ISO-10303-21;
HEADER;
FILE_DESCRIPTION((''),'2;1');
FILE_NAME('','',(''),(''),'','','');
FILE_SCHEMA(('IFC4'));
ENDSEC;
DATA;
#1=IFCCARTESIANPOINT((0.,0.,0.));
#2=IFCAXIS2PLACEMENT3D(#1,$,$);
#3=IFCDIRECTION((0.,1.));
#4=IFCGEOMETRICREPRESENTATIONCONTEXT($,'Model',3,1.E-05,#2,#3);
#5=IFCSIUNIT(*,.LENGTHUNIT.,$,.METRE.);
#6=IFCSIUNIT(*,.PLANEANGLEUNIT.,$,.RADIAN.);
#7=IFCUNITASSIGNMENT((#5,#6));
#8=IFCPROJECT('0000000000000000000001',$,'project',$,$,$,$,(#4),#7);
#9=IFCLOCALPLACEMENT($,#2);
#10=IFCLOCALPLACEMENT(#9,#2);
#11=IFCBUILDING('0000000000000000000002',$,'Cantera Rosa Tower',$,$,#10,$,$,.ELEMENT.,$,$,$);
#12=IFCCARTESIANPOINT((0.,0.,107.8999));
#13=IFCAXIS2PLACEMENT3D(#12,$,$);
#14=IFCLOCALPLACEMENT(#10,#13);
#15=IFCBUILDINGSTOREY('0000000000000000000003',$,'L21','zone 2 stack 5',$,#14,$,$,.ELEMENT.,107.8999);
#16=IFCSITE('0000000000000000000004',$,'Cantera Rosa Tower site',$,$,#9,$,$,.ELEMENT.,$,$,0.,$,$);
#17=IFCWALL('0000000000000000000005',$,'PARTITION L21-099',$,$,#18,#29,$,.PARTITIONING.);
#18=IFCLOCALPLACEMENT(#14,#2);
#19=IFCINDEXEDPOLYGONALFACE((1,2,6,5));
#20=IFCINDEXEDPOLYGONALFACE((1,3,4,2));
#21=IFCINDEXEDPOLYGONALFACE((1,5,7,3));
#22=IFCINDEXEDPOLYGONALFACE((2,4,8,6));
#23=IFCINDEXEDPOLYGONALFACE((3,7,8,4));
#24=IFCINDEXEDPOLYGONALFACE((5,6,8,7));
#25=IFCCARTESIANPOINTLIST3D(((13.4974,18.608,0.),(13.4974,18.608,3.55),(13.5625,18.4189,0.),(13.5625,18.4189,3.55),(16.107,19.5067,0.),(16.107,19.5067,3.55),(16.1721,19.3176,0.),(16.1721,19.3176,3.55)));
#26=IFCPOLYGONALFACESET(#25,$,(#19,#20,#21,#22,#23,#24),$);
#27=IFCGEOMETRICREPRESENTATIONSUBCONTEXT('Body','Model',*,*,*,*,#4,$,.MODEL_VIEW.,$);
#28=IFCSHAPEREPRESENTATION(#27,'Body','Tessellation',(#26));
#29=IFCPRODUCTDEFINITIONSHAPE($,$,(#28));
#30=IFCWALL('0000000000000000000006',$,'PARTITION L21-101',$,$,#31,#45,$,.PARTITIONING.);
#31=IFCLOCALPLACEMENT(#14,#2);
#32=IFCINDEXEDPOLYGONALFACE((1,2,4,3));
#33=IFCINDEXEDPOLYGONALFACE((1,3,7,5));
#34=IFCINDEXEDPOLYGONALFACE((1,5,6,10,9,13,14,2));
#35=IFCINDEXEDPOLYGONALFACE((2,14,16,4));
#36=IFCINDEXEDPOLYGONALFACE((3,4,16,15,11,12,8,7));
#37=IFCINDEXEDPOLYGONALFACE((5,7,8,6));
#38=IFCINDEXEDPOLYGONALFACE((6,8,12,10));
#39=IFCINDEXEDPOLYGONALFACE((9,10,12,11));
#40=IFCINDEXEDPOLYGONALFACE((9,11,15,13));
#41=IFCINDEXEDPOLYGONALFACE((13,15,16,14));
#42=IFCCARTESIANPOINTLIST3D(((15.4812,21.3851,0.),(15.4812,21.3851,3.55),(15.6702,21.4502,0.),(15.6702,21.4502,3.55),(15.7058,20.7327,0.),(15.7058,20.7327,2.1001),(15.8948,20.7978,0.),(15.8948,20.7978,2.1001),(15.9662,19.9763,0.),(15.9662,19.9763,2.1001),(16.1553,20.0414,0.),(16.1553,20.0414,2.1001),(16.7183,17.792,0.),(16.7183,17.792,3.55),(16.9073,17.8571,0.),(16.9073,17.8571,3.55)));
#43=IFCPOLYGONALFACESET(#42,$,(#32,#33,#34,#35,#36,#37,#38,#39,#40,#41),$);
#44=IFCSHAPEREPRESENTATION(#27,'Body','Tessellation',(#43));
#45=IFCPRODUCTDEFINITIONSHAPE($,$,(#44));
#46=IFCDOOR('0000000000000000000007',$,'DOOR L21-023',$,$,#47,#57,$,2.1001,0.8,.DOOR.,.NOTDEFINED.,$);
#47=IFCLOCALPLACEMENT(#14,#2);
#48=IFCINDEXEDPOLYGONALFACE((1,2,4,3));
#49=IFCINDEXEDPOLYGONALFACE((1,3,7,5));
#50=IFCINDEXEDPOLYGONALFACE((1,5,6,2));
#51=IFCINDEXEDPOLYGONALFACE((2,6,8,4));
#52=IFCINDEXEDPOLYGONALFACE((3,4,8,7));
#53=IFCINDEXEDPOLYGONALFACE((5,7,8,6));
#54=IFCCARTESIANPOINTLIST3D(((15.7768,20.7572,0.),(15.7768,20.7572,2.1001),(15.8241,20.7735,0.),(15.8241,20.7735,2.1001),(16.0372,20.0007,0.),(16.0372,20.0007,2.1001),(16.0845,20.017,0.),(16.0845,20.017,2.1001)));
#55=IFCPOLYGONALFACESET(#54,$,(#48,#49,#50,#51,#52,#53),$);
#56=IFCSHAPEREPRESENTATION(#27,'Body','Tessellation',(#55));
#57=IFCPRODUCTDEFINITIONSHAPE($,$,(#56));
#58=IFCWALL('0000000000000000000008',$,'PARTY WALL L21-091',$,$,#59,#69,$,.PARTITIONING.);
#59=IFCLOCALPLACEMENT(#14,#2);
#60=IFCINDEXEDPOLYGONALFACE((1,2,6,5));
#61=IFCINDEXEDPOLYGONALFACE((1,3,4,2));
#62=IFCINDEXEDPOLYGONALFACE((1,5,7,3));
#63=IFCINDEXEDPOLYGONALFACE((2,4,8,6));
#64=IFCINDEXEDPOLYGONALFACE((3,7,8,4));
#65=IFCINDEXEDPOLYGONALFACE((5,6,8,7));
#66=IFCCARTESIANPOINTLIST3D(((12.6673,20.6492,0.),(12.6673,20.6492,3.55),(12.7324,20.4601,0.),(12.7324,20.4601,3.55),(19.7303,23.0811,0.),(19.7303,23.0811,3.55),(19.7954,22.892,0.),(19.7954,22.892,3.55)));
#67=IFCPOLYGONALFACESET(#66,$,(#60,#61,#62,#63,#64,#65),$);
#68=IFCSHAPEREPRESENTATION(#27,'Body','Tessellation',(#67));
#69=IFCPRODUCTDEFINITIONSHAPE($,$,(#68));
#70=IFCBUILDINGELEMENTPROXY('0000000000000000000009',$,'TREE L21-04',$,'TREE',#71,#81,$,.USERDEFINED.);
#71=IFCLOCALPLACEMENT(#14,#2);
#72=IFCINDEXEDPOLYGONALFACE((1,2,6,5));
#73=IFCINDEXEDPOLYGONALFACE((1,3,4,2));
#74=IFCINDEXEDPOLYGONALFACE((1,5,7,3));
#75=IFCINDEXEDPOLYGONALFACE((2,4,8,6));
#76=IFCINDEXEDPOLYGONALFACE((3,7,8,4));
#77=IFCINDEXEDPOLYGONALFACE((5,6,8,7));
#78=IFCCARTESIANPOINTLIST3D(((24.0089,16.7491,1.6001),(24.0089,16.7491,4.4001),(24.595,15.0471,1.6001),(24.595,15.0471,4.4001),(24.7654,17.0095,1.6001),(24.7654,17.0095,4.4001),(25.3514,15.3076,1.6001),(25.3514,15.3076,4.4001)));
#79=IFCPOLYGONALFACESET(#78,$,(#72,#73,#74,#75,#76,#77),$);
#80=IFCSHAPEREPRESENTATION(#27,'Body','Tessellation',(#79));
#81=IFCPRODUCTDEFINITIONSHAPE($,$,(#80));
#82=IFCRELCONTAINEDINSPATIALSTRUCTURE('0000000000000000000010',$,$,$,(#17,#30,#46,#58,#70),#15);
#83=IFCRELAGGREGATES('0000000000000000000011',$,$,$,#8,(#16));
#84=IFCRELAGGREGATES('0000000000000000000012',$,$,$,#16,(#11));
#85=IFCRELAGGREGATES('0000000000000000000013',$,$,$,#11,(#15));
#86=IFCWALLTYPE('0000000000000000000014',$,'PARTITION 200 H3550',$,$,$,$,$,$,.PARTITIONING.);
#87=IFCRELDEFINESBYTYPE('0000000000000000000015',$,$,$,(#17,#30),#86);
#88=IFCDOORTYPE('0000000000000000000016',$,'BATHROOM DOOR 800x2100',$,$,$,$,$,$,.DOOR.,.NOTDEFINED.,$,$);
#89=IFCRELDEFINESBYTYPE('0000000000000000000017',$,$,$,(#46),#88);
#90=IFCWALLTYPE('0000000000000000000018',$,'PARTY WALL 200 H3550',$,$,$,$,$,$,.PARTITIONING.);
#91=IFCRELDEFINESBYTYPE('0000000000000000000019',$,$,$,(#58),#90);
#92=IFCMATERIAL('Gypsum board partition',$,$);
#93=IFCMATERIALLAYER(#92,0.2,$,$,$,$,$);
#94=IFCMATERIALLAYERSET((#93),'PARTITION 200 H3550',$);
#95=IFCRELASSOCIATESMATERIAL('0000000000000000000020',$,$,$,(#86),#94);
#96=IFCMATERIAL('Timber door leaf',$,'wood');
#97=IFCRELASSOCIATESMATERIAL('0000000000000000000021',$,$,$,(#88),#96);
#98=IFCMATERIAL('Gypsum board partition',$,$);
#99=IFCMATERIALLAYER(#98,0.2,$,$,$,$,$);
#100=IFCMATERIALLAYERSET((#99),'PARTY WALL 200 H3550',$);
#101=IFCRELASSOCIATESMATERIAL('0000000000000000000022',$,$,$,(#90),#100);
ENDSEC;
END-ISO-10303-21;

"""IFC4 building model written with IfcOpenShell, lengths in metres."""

from ifc_helpers import new_model, si_unit, direction, frame, frame_2d, origin, origin_2d, place, context, subcontext, project, spatial, rectangle, extrude, material, layer, layer_set, type_object, element, fill, save


model = new_model("IFC4")

# Units and contexts
model_context = context("Model", 3, precision=1e-05, world=origin(), true_north=direction((0.0, 1.0)))
body_context = subcontext(model_context, "Body", "Model", "MODEL_VIEW")
ifc_project = project(units=[si_unit("LENGTHUNIT", "METRE"), si_unit("PLANEANGLEUNIT", "RADIAN")], contexts=[model_context])

# Site, building, storey
site_placement = place(None, origin())
site = spatial("IfcSite", under=ifc_project, at=site_placement, Name="Cantera Rosa Tower site", CompositionType="ELEMENT", RefElevation=0.0)
building_placement = place(site_placement, origin())
building = spatial("IfcBuilding", under=site, at=building_placement, Name="Cantera Rosa Tower", CompositionType="ELEMENT")
storey_placement = place(building_placement, frame((0.0, 0.0, 107.8999)))
storey = spatial("IfcBuildingStorey", under=building, at=storey_placement, Name="L21", Description="zone 2 stack 5", CompositionType="ELEMENT", Elevation=107.8999)

# Wall
ifc_material_1 = material(Name="Gypsum board partition")
ifc_layer_1 = layer(ifc_material_1, 0.2)
ifc_layer_set_1 = layer_set([ifc_layer_1], Name="PARTITION 200 H3550")
wall_type_1 = type_object("IfcWallType", Name="PARTITION 200 H3550", PredefinedType="PARTITIONING", material=ifc_layer_set_1)
wall_1_placement = place(storey_placement, frame((16.1394, 19.4121, 0.0), z_axis=(0.0, 0.0, 1.0), x_axis=(-0.945505, -0.325606, 0.0)))
element("IfcWall", 1, at=wall_1_placement, inside=storey, type_object=wall_type_1, Name="PARTITION L21-099", PredefinedType="PARTITIONING", context=body_context, shape_type="SweptSolid", body=[
    extrude(rectangle(XDim=2.76, YDim=0.2, at=frame_2d((1.3799, 0.0))), origin(), (0.0, 0.0, 1.0), 3.55),
])

# Wall, opening, door
wall_2_placement = place(storey_placement, frame((16.8127, 17.8247, 0.0), z_axis=(0.0, 0.0, 1.0), x_axis=(-0.325541, 0.945528, 0.0)))
wall_2 = element("IfcWall", 2, at=wall_2_placement, inside=storey, type_object=wall_type_1, Name="PARTITION L21-101", PredefinedType="PARTITIONING", context=body_context, shape_type="SweptSolid", body=[
    extrude(rectangle(XDim=3.8, YDim=0.2, at=frame_2d((1.8999, 0.0))), origin(), (0.0, 0.0, 1.0), 3.55),
])
opening_1_placement = place(wall_2_placement, frame((2.3101, 0.0, 0.0)))
opening_1 = element("IfcOpeningElement", 3, at=opening_1_placement, cuts=wall_2, PredefinedType="OPENING", context=body_context, shape_type="SweptSolid", body=[
    extrude(rectangle(XDim=0.8, YDim=2.1001, at=frame_2d((0.3999, 1.05))), frame((0.0, 0.1099, 0.0), z_axis=(0.0, -1.0, 0.0), x_axis=(1.0, 0.0, 0.0)), (0.0, 0.0, 1.0), 0.22),
])
ifc_material_2 = material(Name="Timber door leaf", Category="wood")
door_type_1 = type_object("IfcDoorType", Name="BATHROOM DOOR 800x2100", OperationType="NOTDEFINED", PredefinedType="DOOR", material=ifc_material_2)
door_1_placement = place(opening_1_placement, origin())
door_1 = element("IfcDoor", 4, at=door_1_placement, inside=storey, type_object=door_type_1, Name="DOOR L21-023", OperationType="NOTDEFINED", OverallHeight=2.1001, OverallWidth=0.8, PredefinedType="DOOR", context=body_context, shape_type="SweptSolid", body=[
    extrude(rectangle(XDim=0.8, YDim=2.1001, at=frame_2d((0.3999, 1.05))), frame((0.0, 0.0249, 0.0), z_axis=(0.0, -1.0, 0.0), x_axis=(1.0, 0.0, 0.0)), (0.0, 0.0, 1.0), 0.05),
])
fill(opening_1, door_1)

# Wall
ifc_material_3 = material(Name="Gypsum board partition")
ifc_layer_2 = layer(ifc_material_3, 0.2)
ifc_layer_set_2 = layer_set([ifc_layer_2], Name="PARTY WALL 200 H3550")
wall_type_2 = type_object("IfcWallType", Name="PARTY WALL 200 H3550", PredefinedType="PARTITIONING", material=ifc_layer_set_2)
wall_3_placement = place(storey_placement, frame((12.7, 20.5547, 0.0), z_axis=(0.0, 0.0, 1.0), x_axis=(0.945523, 0.325557, 0.0)))
element("IfcWall", 5, at=wall_3_placement, inside=storey, type_object=wall_type_2, Name="PARTY WALL L21-091", PredefinedType="PARTITIONING", context=body_context, shape_type="SweptSolid", body=[
    extrude(rectangle(XDim=7.47, YDim=0.2, at=frame_2d((3.7349, 0.0))), origin(), (0.0, 0.0, 1.0), 3.55),
])

# Building element proxy
proxy_placement = place(storey_placement, frame((24.6802, 16.0283, 1.6001), z_axis=(0.0, 0.0, 1.0), x_axis=(-0.325568, 0.945519, 0.0)))
element("IfcBuildingElementProxy", 6, at=proxy_placement, inside=storey, Name="TREE L21-04", ObjectType="TREE", PredefinedType="USERDEFINED", context=body_context, shape_type="SweptSolid", body=[
    extrude(rectangle(XDim=1.8, YDim=0.8, at=origin_2d()), origin(), (0.0, 0.0, 1.0), 2.8),
])

save(model, "model.ifc")
